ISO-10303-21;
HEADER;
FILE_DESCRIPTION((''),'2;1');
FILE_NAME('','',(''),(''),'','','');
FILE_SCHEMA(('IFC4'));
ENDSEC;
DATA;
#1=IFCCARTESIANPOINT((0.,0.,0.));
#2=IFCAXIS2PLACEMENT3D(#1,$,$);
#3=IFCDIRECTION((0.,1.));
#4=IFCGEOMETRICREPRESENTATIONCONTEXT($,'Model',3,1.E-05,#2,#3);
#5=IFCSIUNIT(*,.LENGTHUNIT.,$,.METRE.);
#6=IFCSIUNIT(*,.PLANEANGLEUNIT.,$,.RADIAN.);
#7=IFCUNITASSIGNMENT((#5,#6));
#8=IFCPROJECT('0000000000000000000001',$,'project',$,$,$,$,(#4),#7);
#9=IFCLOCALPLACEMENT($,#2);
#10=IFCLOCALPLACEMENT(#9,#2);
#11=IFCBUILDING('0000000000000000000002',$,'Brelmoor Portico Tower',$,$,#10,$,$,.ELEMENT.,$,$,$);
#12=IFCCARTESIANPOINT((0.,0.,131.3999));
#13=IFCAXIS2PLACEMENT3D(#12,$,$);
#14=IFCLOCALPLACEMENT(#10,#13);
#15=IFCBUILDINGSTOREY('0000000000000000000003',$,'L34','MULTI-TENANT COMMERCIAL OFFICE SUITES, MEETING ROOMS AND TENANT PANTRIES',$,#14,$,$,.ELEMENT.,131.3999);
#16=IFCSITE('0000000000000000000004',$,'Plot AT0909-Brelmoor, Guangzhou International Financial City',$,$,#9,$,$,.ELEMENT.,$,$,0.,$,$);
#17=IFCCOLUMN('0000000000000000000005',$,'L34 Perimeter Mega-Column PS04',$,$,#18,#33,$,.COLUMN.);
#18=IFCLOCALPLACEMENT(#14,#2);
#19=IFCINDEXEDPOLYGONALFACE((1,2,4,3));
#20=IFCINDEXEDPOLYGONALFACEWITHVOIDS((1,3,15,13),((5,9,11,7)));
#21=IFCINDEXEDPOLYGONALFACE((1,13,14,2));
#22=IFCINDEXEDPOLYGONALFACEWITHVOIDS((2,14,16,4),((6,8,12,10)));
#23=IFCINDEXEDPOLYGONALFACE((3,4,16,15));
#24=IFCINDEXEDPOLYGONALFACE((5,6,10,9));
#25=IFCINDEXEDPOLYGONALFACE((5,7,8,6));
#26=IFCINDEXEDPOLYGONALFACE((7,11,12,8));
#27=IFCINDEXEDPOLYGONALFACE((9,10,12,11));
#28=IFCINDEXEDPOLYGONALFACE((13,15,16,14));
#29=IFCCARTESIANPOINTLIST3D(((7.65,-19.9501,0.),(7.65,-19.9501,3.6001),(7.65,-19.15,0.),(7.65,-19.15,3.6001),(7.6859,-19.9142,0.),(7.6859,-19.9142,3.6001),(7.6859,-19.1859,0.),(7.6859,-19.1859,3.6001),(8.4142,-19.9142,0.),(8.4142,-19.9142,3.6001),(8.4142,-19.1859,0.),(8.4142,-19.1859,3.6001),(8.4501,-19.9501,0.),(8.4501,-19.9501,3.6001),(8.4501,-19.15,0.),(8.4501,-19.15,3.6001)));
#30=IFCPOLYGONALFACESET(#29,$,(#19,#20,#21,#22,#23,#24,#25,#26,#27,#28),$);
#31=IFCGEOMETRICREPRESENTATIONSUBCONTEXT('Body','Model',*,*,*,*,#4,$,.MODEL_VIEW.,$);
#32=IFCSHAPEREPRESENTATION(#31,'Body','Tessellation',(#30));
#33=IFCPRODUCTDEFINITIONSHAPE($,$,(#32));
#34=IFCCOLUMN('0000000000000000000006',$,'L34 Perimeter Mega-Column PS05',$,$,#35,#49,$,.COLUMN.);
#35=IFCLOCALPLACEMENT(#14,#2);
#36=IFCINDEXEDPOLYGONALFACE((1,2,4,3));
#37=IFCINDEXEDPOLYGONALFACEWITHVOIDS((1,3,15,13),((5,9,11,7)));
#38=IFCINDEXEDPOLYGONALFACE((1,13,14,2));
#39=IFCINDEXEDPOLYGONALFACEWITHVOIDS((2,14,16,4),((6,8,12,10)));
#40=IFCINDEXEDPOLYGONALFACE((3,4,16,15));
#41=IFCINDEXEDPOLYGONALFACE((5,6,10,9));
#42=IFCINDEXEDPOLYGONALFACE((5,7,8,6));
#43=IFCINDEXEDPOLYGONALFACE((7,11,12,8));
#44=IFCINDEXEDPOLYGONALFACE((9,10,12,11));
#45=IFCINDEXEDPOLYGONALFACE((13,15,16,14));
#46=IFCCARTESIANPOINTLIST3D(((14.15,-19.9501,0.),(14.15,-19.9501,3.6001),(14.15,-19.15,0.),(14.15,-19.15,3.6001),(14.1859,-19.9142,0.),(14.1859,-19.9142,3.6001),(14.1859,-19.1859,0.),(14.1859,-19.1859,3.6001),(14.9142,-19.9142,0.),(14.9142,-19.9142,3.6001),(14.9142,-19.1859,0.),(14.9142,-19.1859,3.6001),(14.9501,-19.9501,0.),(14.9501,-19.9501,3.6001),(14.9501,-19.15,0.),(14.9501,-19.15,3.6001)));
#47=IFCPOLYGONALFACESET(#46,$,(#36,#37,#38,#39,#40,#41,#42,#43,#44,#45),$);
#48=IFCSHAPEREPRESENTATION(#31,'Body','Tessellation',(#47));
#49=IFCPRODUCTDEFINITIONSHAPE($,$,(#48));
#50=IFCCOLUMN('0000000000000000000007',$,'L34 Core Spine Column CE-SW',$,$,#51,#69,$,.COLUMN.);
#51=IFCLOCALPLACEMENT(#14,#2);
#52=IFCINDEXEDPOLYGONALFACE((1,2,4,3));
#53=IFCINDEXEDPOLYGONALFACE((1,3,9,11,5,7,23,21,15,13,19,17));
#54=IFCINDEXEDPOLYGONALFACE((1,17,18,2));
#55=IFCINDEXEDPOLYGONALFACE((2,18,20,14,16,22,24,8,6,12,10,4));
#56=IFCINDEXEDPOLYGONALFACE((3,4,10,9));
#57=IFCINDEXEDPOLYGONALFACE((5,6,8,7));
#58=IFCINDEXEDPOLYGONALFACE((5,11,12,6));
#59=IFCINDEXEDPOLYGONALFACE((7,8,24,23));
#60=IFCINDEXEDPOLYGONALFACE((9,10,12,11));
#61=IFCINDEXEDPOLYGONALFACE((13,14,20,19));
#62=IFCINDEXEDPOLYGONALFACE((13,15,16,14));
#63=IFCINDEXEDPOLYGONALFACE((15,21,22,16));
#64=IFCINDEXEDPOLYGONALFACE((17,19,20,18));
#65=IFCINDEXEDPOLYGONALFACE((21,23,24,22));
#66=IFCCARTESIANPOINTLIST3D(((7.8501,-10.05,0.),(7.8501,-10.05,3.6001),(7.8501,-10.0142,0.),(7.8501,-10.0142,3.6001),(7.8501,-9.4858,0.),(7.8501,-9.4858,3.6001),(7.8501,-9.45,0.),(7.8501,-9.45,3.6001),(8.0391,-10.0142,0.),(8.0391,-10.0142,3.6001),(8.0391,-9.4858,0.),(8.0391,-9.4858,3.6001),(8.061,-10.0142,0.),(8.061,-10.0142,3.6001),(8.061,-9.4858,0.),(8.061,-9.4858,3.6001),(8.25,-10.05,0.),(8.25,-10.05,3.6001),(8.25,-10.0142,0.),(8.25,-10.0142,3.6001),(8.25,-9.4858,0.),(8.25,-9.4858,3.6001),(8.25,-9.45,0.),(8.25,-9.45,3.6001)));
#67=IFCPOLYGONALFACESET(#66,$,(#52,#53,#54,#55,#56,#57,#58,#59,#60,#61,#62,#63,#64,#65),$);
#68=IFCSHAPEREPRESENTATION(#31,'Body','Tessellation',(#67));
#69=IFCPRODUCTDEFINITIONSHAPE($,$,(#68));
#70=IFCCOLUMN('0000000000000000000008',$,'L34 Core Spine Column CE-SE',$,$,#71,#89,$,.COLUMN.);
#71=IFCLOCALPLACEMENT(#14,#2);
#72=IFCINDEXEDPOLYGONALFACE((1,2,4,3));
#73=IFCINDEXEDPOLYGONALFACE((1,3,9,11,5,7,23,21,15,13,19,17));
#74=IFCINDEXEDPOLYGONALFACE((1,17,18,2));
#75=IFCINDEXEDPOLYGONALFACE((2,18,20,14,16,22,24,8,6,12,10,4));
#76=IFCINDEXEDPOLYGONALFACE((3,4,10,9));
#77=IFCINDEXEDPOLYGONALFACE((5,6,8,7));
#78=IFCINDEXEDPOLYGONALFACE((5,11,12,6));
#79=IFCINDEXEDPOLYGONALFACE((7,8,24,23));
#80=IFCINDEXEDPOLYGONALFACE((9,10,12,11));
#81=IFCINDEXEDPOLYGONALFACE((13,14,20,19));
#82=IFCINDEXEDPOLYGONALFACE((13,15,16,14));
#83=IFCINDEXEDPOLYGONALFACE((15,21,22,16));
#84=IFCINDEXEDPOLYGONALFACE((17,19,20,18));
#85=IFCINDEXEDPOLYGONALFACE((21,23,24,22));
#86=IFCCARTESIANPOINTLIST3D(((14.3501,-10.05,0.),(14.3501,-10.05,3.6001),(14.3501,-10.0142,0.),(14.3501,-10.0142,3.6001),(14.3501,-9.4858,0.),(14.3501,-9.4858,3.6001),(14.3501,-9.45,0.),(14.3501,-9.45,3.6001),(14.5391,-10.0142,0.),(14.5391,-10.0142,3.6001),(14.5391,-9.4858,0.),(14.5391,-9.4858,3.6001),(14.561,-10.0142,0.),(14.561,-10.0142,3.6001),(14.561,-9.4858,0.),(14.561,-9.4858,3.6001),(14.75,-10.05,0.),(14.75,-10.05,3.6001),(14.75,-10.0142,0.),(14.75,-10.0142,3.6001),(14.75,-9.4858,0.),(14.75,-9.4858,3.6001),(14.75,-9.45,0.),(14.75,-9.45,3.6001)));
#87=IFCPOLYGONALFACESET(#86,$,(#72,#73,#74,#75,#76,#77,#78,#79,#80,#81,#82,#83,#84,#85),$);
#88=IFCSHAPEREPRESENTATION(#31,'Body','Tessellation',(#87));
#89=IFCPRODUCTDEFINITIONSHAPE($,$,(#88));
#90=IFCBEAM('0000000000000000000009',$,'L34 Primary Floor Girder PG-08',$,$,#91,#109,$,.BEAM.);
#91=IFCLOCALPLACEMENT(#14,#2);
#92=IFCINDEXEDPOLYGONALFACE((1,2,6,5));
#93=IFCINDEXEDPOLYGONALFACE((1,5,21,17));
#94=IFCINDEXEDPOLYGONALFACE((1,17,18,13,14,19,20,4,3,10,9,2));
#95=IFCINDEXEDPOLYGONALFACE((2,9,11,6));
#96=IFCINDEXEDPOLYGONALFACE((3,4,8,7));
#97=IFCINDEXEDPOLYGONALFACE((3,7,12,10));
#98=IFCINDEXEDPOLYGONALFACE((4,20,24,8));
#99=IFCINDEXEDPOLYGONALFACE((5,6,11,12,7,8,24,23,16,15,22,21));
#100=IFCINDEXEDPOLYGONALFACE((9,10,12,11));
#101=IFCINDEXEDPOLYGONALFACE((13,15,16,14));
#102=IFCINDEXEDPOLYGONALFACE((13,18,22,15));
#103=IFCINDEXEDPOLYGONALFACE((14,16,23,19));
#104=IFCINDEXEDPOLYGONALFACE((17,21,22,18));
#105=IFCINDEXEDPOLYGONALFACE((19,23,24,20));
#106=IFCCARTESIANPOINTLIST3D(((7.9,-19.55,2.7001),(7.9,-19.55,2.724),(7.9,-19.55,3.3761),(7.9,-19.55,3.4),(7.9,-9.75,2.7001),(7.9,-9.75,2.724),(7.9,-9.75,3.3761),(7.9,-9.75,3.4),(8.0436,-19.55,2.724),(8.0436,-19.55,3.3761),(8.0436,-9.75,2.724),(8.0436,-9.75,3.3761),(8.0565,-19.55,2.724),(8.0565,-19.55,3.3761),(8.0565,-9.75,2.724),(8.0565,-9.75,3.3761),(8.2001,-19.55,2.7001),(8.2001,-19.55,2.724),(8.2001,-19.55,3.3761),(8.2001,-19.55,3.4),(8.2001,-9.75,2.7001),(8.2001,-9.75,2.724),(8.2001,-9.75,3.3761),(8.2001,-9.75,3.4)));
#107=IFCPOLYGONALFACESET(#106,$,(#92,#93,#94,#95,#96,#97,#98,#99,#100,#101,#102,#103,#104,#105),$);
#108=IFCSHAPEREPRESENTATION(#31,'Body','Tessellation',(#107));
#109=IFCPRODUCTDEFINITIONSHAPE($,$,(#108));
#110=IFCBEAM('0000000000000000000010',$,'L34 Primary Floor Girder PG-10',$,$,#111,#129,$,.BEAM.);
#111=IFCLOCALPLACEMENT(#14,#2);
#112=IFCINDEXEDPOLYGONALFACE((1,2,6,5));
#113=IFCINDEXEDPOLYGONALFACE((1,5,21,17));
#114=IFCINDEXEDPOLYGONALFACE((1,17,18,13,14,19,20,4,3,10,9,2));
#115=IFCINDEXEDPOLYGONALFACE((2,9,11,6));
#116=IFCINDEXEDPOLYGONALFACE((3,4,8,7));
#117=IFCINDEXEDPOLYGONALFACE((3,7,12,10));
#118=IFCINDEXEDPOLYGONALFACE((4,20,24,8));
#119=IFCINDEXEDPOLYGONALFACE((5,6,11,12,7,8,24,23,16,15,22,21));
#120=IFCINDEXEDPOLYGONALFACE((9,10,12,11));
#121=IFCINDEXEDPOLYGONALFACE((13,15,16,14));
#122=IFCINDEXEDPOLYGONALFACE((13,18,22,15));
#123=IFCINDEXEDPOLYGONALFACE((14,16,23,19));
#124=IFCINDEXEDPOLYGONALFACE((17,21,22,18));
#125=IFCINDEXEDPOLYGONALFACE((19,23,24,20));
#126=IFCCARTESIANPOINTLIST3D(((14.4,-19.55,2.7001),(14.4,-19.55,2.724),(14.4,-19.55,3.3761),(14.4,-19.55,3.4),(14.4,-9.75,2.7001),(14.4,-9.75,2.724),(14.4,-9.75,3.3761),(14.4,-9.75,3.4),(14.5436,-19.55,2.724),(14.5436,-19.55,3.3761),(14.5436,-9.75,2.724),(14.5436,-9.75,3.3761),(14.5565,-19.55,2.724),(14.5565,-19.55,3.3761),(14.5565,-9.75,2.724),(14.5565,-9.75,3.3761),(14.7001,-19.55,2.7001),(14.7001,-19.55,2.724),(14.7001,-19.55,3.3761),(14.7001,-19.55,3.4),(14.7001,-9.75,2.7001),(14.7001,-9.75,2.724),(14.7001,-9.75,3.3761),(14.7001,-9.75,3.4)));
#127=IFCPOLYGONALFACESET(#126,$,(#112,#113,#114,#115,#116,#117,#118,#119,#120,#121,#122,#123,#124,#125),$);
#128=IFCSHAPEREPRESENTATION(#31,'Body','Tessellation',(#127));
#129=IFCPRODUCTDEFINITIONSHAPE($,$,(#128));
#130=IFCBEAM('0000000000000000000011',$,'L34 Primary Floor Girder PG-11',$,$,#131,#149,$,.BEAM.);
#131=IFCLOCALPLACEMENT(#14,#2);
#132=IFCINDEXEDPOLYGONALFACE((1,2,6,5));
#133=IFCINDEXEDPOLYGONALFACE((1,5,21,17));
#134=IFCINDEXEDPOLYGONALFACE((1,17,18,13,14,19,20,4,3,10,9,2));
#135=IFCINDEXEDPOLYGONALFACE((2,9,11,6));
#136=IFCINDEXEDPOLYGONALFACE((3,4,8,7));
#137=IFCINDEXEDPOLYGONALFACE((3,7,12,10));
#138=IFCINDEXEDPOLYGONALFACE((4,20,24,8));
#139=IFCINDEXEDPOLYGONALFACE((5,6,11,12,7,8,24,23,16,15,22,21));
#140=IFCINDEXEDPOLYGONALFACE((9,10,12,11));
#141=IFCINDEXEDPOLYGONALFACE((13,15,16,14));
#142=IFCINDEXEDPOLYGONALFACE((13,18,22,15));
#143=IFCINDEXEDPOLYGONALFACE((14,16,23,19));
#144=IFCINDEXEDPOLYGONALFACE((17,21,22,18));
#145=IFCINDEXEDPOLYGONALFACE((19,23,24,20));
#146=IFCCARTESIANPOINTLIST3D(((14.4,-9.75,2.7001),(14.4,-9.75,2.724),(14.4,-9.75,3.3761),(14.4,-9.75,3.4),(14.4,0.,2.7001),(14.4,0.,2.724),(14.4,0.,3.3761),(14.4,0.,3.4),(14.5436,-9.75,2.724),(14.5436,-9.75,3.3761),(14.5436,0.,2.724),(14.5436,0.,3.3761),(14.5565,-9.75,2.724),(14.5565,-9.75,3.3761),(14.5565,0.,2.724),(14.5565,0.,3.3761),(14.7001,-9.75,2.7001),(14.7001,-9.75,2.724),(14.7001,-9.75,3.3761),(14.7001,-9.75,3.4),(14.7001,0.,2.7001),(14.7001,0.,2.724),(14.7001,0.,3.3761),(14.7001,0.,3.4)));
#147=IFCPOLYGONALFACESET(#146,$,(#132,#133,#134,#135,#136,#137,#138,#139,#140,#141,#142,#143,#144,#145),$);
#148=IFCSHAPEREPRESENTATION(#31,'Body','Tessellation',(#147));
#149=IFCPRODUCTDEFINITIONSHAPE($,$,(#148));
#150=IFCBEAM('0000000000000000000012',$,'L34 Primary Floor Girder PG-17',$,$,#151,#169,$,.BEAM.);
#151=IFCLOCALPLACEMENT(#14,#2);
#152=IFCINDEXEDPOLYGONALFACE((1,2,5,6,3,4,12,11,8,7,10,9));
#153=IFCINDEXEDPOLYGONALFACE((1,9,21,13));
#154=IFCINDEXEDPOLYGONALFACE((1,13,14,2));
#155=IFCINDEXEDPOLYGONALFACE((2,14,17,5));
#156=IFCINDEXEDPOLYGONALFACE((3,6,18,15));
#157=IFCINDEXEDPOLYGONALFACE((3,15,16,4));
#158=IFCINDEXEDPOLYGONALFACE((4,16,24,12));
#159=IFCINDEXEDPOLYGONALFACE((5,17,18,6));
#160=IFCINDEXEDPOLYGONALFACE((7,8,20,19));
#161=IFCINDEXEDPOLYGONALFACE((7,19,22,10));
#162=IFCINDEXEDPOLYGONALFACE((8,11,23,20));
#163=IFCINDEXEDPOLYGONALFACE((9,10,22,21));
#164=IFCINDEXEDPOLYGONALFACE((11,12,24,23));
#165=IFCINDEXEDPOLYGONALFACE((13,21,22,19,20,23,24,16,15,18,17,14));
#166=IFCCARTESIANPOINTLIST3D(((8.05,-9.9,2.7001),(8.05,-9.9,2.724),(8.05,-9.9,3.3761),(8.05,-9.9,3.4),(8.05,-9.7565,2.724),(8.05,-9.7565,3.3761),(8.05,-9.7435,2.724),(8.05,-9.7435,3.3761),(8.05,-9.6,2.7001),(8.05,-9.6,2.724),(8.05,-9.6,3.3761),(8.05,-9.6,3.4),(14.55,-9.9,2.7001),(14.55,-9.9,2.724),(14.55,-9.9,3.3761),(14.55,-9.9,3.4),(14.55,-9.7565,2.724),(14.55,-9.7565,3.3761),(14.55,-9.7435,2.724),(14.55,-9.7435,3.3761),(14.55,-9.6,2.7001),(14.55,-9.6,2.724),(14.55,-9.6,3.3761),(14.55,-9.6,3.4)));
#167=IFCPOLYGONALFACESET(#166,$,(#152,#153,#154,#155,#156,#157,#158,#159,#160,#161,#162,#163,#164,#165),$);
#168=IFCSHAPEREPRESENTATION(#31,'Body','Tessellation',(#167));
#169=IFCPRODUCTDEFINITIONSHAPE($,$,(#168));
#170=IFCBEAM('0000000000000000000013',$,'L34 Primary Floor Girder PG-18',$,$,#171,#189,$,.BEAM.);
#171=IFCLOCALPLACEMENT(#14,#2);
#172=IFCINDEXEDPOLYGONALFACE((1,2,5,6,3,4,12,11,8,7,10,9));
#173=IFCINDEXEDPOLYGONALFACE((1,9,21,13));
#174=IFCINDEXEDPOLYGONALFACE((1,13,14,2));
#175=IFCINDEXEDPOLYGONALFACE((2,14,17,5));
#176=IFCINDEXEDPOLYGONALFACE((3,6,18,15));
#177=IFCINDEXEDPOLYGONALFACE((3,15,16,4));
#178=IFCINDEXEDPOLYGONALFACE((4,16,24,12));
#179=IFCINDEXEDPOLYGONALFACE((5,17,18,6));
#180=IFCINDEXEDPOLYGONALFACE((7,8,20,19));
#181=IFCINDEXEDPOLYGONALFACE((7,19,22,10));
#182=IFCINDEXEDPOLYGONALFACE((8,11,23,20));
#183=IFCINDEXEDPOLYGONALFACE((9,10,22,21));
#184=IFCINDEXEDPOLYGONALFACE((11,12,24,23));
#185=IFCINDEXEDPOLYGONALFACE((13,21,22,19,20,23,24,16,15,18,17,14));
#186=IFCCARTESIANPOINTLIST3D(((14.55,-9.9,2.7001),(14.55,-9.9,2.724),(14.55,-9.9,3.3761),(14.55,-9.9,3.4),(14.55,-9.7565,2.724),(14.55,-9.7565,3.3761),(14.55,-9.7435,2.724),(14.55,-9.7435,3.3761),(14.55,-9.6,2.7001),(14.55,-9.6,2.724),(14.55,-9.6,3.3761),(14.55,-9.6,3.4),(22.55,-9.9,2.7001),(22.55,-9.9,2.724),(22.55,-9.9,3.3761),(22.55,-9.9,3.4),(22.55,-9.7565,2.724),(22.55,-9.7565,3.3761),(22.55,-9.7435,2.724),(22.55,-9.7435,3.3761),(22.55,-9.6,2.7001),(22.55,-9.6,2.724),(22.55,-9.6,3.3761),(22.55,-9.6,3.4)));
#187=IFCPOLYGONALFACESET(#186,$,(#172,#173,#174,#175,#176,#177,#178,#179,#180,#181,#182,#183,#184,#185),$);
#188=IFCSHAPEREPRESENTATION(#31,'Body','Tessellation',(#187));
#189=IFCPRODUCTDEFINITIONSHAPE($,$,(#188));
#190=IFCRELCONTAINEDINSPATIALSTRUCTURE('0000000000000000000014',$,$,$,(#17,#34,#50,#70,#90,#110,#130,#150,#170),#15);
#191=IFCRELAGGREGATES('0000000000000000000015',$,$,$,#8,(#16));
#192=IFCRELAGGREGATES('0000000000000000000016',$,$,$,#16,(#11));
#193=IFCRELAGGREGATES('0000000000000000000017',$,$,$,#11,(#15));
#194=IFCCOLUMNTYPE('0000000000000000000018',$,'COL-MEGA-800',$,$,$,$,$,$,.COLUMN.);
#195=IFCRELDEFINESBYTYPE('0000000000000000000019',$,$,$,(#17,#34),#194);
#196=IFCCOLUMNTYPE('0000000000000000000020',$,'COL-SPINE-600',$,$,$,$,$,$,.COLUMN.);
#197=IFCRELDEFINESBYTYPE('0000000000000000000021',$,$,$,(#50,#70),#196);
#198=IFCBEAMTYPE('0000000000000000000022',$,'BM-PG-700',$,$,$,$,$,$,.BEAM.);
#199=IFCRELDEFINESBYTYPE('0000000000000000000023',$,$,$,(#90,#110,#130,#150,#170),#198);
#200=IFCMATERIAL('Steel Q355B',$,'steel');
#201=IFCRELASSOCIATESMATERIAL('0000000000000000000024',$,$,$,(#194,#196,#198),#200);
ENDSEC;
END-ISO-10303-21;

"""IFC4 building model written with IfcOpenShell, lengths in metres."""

from ifc_helpers import new_model, si_unit, direction, frame, origin, origin_2d, place, context, subcontext, project, spatial, hollow_rectangle, i_section, extrude, material, material_profile, profile_set, type_object, element, save


model = new_model("IFC4")

# Units and contexts
model_context = context("Model", 3, precision=1e-05, world=origin(), true_north=direction((0.0, 1.0)))
body_context = subcontext(model_context, "Body", "Model", "MODEL_VIEW")
ifc_project = project(units=[si_unit("LENGTHUNIT", "METRE"), si_unit("PLANEANGLEUNIT", "RADIAN")], contexts=[model_context])

# Site, building, storey
site_placement = place(None, origin())
site = spatial("IfcSite", under=ifc_project, at=site_placement, Name="Plot AT0909-Brelmoor, Guangzhou International Financial City", CompositionType="ELEMENT", RefElevation=0.0)
building_placement = place(site_placement, origin())
building = spatial("IfcBuilding", under=site, at=building_placement, Name="Brelmoor Portico Tower", CompositionType="ELEMENT")
storey_placement = place(building_placement, frame((0.0, 0.0, 131.3999)))
storey = spatial("IfcBuildingStorey", under=building, at=storey_placement, Name="L34", Description="MULTI-TENANT COMMERCIAL OFFICE SUITES, MEETING ROOMS AND TENANT PANTRIES", CompositionType="ELEMENT", Elevation=131.3999)

# Columns
ifc_material_1 = material(Name="Steel Q355B", Category="steel")
ifc_material_profile_1 = material_profile(ifc_material_1, hollow_rectangle(XDim=0.8, YDim=0.8, WallThickness=0.0359, at=origin_2d()), Name="BOX 800x800x36")
ifc_profile_set_1 = profile_set([ifc_material_profile_1], Name="Steel Q355B")
column_type_1 = type_object("IfcColumnType", Name="COL-MEGA-800", PredefinedType="COLUMN", material=ifc_profile_set_1)
for number, where, z_axis, x_axis, name in (
    (1, (8.05, -19.55, 0.0), (0.0, 0.0, 1.0), (1.0, 0.0, 0.0), "L34 Perimeter Mega-Column PS04"),
    (2, (14.55, -19.55, 0.0), (0.0, 0.0, 1.0), (1.0, 0.0, 0.0), "L34 Perimeter Mega-Column PS05"),
):
    element("IfcColumn", number, at=place(storey_placement, frame(where, z_axis=z_axis, x_axis=x_axis)), inside=storey, type_object=column_type_1, Name=name, PredefinedType="COLUMN", context=body_context, shape_type="SweptSolid", body=[
        extrude(hollow_rectangle(XDim=0.8, YDim=0.8, WallThickness=0.0359, at=origin_2d()), origin(), (0.0, 0.0, 1.0), 3.6001),
    ])
ifc_material_profile_2 = material_profile(ifc_material_1, i_section(OverallWidth=0.3999, OverallDepth=0.6001, WebThickness=0.022, FlangeThickness=0.0359, at=origin_2d()), Name="HW 600x400x22x36")
ifc_profile_set_2 = profile_set([ifc_material_profile_2], Name="Steel Q355B")
column_type_2 = type_object("IfcColumnType", Name="COL-SPINE-600", PredefinedType="COLUMN", material=ifc_profile_set_2)
for number, where, z_axis, x_axis, name in (
    (3, (8.05, -9.75, 0.0), (0.0, 0.0, 1.0), (1.0, 0.0, 0.0), "L34 Core Spine Column CE-SW"),
    (4, (14.55, -9.75, 0.0), (0.0, 0.0, 1.0), (1.0, 0.0, 0.0), "L34 Core Spine Column CE-SE"),
):
    element("IfcColumn", number, at=place(storey_placement, frame(where, z_axis=z_axis, x_axis=x_axis)), inside=storey, type_object=column_type_2, Name=name, PredefinedType="COLUMN", context=body_context, shape_type="SweptSolid", body=[
        extrude(i_section(OverallWidth=0.3999, OverallDepth=0.6001, WebThickness=0.022, FlangeThickness=0.0359, at=origin_2d()), origin(), (0.0, 0.0, 1.0), 3.6001),
    ])

# Beams
ifc_material_profile_3 = material_profile(ifc_material_1, i_section(OverallWidth=0.3, OverallDepth=0.7, WebThickness=0.0129, FlangeThickness=0.0239, at=origin_2d()), Name="HN 700x300x13x24")
ifc_profile_set_3 = profile_set([ifc_material_profile_3], Name="Steel Q355B")
beam_type_1 = type_object("IfcBeamType", Name="BM-PG-700", PredefinedType="BEAM", material=ifc_profile_set_3)
for number, where, z_axis, x_axis, name in (
    (5, (8.05, -19.55, 3.05), (0.0, 1.0, 0.0), (-1.0, 0.0, 0.0), "L34 Primary Floor Girder PG-08"),
    (6, (14.55, -19.55, 3.05), (0.0, 1.0, 0.0), (-1.0, 0.0, 0.0), "L34 Primary Floor Girder PG-10"),
):
    element("IfcBeam", number, at=place(storey_placement, frame(where, z_axis=z_axis, x_axis=x_axis)), inside=storey, type_object=beam_type_1, Name=name, PredefinedType="BEAM", context=body_context, shape_type="SweptSolid", body=[
        extrude(i_section(OverallWidth=0.3, OverallDepth=0.7, WebThickness=0.0129, FlangeThickness=0.0239, at=origin_2d()), origin(), (0.0, 0.0, 1.0), 9.8),
    ])
beam_1_placement = place(storey_placement, frame((14.55, -9.75, 3.05), z_axis=(0.0, 1.0, 0.0), x_axis=(-1.0, 0.0, 0.0)))
element("IfcBeam", 7, at=beam_1_placement, inside=storey, type_object=beam_type_1, Name="L34 Primary Floor Girder PG-11", PredefinedType="BEAM", context=body_context, shape_type="SweptSolid", body=[
    extrude(i_section(OverallWidth=0.3, OverallDepth=0.7, WebThickness=0.0129, FlangeThickness=0.0239, at=origin_2d()), origin(), (0.0, 0.0, 1.0), 9.75),
])
beam_2_placement = place(storey_placement, frame((8.05, -9.75, 3.05), z_axis=(1.0, 0.0, 0.0), x_axis=(0.0, 1.0, 0.0)))
element("IfcBeam", 8, at=beam_2_placement, inside=storey, type_object=beam_type_1, Name="L34 Primary Floor Girder PG-17", PredefinedType="BEAM", context=body_context, shape_type="SweptSolid", body=[
    extrude(i_section(OverallWidth=0.3, OverallDepth=0.7, WebThickness=0.0129, FlangeThickness=0.0239, at=origin_2d()), origin(), (0.0, 0.0, 1.0), 6.5),
])
beam_3_placement = place(storey_placement, frame((14.55, -9.75, 3.05), z_axis=(1.0, 0.0, 0.0), x_axis=(0.0, 1.0, 0.0)))
element("IfcBeam", 9, at=beam_3_placement, inside=storey, type_object=beam_type_1, Name="L34 Primary Floor Girder PG-18", PredefinedType="BEAM", context=body_context, shape_type="SweptSolid", body=[
    extrude(i_section(OverallWidth=0.3, OverallDepth=0.7, WebThickness=0.0129, FlangeThickness=0.0239, at=origin_2d()), origin(), (0.0, 0.0, 1.0), 8.0),
])

save(model, "model.ifc")
